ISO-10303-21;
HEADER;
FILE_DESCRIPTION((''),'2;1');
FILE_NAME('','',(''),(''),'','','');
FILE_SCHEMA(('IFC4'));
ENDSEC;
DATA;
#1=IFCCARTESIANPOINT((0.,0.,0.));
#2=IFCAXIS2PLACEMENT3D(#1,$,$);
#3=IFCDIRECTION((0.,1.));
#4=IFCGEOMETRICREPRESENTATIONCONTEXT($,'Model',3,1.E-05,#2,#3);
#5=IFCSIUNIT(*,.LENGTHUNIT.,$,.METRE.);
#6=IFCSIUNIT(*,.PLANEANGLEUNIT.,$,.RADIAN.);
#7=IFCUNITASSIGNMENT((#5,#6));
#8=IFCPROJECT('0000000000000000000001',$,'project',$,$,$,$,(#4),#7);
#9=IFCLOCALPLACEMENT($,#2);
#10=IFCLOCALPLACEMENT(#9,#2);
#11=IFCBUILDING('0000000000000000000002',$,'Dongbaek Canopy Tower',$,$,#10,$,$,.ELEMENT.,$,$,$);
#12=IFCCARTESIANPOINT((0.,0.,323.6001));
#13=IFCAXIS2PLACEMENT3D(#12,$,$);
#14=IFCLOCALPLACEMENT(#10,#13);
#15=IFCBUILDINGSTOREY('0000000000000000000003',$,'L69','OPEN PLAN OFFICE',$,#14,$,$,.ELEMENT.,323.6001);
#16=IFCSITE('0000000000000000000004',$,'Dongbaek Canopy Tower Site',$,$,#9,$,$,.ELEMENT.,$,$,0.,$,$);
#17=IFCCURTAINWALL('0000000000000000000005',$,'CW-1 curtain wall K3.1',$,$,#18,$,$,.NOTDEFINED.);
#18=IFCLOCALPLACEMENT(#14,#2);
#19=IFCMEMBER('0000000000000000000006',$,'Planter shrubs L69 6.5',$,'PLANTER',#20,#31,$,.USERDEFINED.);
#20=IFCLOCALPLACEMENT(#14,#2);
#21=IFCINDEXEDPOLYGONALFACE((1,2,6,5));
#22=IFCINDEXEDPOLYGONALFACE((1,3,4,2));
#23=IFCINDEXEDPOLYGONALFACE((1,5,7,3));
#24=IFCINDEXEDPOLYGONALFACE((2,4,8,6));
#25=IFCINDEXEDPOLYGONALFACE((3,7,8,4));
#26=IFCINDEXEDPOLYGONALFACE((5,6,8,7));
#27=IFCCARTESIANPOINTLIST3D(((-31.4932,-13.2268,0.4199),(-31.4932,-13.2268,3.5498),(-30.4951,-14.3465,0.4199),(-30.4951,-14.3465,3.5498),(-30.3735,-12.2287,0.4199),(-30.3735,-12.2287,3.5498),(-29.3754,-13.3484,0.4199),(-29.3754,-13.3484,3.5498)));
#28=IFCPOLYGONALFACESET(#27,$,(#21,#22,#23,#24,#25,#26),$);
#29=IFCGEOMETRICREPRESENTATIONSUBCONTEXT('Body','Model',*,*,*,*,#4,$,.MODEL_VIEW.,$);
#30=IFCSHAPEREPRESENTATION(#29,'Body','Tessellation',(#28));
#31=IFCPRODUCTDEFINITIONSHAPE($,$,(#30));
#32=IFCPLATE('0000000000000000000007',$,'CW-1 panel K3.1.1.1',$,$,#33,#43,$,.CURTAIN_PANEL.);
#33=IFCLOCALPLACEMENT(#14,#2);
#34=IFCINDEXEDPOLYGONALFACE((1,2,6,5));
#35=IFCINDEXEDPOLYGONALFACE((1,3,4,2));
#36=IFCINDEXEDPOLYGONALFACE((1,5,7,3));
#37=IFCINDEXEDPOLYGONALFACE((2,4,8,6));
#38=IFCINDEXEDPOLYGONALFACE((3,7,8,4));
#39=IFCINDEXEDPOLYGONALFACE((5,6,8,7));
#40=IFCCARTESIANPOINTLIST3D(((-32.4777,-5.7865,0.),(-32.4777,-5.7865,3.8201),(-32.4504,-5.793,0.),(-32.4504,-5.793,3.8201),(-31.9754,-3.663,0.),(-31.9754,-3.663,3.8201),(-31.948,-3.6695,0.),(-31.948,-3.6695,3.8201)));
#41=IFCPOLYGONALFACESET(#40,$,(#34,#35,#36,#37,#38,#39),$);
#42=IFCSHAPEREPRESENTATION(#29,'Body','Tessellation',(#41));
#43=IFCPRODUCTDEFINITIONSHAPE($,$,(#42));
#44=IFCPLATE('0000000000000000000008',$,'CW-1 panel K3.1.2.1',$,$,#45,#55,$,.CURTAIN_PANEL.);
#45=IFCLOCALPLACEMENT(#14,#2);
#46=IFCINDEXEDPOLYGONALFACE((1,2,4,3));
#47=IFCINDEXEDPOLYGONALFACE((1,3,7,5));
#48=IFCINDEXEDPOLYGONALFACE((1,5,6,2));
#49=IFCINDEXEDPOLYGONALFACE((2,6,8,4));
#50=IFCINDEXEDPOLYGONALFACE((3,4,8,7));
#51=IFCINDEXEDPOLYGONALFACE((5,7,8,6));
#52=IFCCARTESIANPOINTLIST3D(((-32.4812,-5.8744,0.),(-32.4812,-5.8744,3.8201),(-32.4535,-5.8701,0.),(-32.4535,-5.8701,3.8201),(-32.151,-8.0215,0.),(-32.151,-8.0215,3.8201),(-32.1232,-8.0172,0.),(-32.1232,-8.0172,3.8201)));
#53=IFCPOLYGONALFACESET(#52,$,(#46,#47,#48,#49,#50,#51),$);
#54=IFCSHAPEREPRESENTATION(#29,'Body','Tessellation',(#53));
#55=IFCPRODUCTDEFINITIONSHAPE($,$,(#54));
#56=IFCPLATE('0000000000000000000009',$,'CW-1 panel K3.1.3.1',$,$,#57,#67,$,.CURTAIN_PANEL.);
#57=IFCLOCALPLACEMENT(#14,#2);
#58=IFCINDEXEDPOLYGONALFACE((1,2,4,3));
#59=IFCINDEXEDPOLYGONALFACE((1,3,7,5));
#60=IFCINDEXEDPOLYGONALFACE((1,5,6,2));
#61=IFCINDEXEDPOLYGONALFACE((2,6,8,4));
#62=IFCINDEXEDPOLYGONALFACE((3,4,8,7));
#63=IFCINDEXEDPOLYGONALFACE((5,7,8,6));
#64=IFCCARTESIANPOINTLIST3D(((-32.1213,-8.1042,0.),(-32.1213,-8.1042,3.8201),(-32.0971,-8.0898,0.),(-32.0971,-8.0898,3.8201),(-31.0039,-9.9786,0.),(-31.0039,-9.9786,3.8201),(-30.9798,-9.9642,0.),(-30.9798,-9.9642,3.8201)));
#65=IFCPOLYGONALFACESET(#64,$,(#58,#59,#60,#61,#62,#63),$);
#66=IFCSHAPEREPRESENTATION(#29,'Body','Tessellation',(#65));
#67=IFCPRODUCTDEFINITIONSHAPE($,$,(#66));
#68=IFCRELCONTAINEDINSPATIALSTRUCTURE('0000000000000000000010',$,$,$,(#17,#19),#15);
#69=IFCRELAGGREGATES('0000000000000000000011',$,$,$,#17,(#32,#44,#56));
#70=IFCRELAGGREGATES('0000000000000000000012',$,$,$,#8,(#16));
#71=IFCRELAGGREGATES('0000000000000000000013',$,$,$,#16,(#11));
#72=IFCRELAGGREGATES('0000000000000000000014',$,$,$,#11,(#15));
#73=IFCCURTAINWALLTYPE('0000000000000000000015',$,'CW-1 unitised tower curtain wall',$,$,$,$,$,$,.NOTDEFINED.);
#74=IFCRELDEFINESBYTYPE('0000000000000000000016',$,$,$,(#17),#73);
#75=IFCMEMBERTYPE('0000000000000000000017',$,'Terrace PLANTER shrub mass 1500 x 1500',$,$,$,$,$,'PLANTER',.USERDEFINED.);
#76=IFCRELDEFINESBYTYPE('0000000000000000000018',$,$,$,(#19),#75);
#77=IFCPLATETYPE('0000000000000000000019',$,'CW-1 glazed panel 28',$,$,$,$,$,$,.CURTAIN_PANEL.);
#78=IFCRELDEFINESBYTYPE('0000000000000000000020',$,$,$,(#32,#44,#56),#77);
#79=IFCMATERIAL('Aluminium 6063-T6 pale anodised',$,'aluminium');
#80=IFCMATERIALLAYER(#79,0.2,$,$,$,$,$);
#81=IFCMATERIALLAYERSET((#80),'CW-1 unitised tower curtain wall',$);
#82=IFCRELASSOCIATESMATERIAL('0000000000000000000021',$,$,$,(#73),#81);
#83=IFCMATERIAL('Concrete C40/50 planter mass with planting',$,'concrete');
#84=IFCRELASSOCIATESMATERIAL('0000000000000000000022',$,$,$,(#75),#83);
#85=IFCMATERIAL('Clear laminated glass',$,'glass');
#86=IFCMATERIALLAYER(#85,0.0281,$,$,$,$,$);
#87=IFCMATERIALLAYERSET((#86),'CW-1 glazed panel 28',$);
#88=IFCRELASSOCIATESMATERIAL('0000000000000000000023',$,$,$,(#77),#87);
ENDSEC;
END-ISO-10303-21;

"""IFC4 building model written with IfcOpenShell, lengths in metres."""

from ifc_helpers import new_model, si_unit, direction, frame, origin, origin_2d, place, context, subcontext, project, spatial, rectangle, extrude, material, layer, layer_set, material_profile, profile_set, type_object, element, aggregate, save


model = new_model("IFC4")

# Units and contexts
model_context = context("Model", 3, precision=1e-05, world=origin(), true_north=direction((0.0, 1.0)))
body_context = subcontext(model_context, "Body", "Model", "MODEL_VIEW")
ifc_project = project(units=[si_unit("LENGTHUNIT", "METRE"), si_unit("PLANEANGLEUNIT", "RADIAN")], contexts=[model_context])

# Site, building, storey
site_placement = place(None, origin())
site = spatial("IfcSite", under=ifc_project, at=site_placement, Name="Dongbaek Canopy Tower Site", CompositionType="ELEMENT", RefElevation=0.0)
building_placement = place(site_placement, origin())
building = spatial("IfcBuilding", under=site, at=building_placement, Name="Dongbaek Canopy Tower", CompositionType="ELEMENT")
storey_placement = place(building_placement, frame((0.0, 0.0, 323.6001)))
storey = spatial("IfcBuildingStorey", under=building, at=storey_placement, Name="L69", Description="OPEN PLAN OFFICE", CompositionType="ELEMENT", Elevation=323.6001)

# Curtain wall
ifc_material_1 = material(Name="Aluminium 6063-T6 pale anodised", Category="aluminium")
ifc_layer_1 = layer(ifc_material_1, 0.2)
ifc_layer_set_1 = layer_set([ifc_layer_1], Name="CW-1 unitised tower curtain wall")
curtain_wall_type = type_object("IfcCurtainWallType", Name="CW-1 unitised tower curtain wall", PredefinedType="NOTDEFINED", material=ifc_layer_set_1)
curtain_wall_placement = place(storey_placement, origin())
curtain_wall = element("IfcCurtainWall", 1, at=curtain_wall_placement, inside=storey, type_object=curtain_wall_type, Name="CW-1 curtain wall K3.1", PredefinedType="NOTDEFINED")

# Member
ifc_material_2 = material(Name="Concrete C40/50 planter mass with planting", Category="concrete")
ifc_material_profile_1 = material_profile(ifc_material_2, rectangle(XDim=1.5, YDim=1.5, at=origin_2d()), Name="Terrace PLANTER shrub mass 1500 x 1500")
ifc_profile_set_1 = profile_set([ifc_material_profile_1], Name="Concrete C40/50 planter mass with planting")
member_type_1 = type_object("IfcMemberType", Name="Terrace PLANTER shrub mass 1500 x 1500", ElementType="PLANTER", PredefinedType="USERDEFINED", material=ifc_profile_set_1)
member_1_placement = place(storey_placement, frame((-30.4343, -13.2876, 0.4199), z_axis=(0.0, 0.0, 1.0), x_axis=(-0.746479, -0.665409, 0.0)))
element("IfcMember", 2, at=member_1_placement, inside=storey, type_object=member_type_1, Name="Planter shrubs L69 6.5", ObjectType="PLANTER", PredefinedType="USERDEFINED", context=body_context, shape_type="SweptSolid", body=[
    extrude(rectangle(XDim=1.5, YDim=1.5, at=origin_2d()), origin(), (0.0, 0.0, 1.0), 3.1299),
])

# Plates
ifc_material_3 = material(Name="Clear laminated glass", Category="glass")
ifc_layer_2 = layer(ifc_material_3, 0.0281)
ifc_layer_set_2 = layer_set([ifc_layer_2], Name="CW-1 glazed panel 28")
plate_type = type_object("IfcPlateType", Name="CW-1 glazed panel 28", PredefinedType="CURTAIN_PANEL", material=ifc_layer_set_2)
plate_1_placement = place(storey_placement, frame((-32.2129, -4.728, 0.0), z_axis=(0.0, 0.0, 1.0), x_axis=(-0.230232, -0.973136, 0.0)))
plate_1 = element("IfcPlate", 3, at=plate_1_placement, type_object=plate_type, Name="CW-1 panel K3.1.1.1", PredefinedType="CURTAIN_PANEL", context=body_context, shape_type="SweptSolid", body=[
    extrude(rectangle(XDim=2.1821, YDim=0.0281, at=origin_2d()), origin(), (0.0, 0.0, 1.0), 3.8201),
])
plate_2_placement = place(storey_placement, frame((-32.3022, -6.9458, 0.0), z_axis=(0.0, 0.0, 1.0), x_axis=(0.152024, -0.988377, 0.0)))
plate_2 = element("IfcPlate", 4, at=plate_2_placement, type_object=plate_type, Name="CW-1 panel K3.1.2.1", PredefinedType="CURTAIN_PANEL", context=body_context, shape_type="SweptSolid", body=[
    extrude(rectangle(XDim=2.1724, YDim=0.0281, at=origin_2d()), origin(), (0.0, 0.0, 1.0), 3.8201),
])
plate_3_placement = place(storey_placement, frame((-31.5505, -9.0342, 0.0), z_axis=(0.0, 0.0, 1.0), x_axis=(0.512031, -0.858967, 0.0)))
plate_3 = element("IfcPlate", 5, at=plate_3_placement, type_object=plate_type, Name="CW-1 panel K3.1.3.1", PredefinedType="CURTAIN_PANEL", context=body_context, shape_type="SweptSolid", body=[
    extrude(rectangle(XDim=2.1821, YDim=0.0281, at=origin_2d()), origin(), (0.0, 0.0, 1.0), 3.8201),
])
aggregate(curtain_wall, [plate_1, plate_2, plate_3])

save(model, "model.ifc")
